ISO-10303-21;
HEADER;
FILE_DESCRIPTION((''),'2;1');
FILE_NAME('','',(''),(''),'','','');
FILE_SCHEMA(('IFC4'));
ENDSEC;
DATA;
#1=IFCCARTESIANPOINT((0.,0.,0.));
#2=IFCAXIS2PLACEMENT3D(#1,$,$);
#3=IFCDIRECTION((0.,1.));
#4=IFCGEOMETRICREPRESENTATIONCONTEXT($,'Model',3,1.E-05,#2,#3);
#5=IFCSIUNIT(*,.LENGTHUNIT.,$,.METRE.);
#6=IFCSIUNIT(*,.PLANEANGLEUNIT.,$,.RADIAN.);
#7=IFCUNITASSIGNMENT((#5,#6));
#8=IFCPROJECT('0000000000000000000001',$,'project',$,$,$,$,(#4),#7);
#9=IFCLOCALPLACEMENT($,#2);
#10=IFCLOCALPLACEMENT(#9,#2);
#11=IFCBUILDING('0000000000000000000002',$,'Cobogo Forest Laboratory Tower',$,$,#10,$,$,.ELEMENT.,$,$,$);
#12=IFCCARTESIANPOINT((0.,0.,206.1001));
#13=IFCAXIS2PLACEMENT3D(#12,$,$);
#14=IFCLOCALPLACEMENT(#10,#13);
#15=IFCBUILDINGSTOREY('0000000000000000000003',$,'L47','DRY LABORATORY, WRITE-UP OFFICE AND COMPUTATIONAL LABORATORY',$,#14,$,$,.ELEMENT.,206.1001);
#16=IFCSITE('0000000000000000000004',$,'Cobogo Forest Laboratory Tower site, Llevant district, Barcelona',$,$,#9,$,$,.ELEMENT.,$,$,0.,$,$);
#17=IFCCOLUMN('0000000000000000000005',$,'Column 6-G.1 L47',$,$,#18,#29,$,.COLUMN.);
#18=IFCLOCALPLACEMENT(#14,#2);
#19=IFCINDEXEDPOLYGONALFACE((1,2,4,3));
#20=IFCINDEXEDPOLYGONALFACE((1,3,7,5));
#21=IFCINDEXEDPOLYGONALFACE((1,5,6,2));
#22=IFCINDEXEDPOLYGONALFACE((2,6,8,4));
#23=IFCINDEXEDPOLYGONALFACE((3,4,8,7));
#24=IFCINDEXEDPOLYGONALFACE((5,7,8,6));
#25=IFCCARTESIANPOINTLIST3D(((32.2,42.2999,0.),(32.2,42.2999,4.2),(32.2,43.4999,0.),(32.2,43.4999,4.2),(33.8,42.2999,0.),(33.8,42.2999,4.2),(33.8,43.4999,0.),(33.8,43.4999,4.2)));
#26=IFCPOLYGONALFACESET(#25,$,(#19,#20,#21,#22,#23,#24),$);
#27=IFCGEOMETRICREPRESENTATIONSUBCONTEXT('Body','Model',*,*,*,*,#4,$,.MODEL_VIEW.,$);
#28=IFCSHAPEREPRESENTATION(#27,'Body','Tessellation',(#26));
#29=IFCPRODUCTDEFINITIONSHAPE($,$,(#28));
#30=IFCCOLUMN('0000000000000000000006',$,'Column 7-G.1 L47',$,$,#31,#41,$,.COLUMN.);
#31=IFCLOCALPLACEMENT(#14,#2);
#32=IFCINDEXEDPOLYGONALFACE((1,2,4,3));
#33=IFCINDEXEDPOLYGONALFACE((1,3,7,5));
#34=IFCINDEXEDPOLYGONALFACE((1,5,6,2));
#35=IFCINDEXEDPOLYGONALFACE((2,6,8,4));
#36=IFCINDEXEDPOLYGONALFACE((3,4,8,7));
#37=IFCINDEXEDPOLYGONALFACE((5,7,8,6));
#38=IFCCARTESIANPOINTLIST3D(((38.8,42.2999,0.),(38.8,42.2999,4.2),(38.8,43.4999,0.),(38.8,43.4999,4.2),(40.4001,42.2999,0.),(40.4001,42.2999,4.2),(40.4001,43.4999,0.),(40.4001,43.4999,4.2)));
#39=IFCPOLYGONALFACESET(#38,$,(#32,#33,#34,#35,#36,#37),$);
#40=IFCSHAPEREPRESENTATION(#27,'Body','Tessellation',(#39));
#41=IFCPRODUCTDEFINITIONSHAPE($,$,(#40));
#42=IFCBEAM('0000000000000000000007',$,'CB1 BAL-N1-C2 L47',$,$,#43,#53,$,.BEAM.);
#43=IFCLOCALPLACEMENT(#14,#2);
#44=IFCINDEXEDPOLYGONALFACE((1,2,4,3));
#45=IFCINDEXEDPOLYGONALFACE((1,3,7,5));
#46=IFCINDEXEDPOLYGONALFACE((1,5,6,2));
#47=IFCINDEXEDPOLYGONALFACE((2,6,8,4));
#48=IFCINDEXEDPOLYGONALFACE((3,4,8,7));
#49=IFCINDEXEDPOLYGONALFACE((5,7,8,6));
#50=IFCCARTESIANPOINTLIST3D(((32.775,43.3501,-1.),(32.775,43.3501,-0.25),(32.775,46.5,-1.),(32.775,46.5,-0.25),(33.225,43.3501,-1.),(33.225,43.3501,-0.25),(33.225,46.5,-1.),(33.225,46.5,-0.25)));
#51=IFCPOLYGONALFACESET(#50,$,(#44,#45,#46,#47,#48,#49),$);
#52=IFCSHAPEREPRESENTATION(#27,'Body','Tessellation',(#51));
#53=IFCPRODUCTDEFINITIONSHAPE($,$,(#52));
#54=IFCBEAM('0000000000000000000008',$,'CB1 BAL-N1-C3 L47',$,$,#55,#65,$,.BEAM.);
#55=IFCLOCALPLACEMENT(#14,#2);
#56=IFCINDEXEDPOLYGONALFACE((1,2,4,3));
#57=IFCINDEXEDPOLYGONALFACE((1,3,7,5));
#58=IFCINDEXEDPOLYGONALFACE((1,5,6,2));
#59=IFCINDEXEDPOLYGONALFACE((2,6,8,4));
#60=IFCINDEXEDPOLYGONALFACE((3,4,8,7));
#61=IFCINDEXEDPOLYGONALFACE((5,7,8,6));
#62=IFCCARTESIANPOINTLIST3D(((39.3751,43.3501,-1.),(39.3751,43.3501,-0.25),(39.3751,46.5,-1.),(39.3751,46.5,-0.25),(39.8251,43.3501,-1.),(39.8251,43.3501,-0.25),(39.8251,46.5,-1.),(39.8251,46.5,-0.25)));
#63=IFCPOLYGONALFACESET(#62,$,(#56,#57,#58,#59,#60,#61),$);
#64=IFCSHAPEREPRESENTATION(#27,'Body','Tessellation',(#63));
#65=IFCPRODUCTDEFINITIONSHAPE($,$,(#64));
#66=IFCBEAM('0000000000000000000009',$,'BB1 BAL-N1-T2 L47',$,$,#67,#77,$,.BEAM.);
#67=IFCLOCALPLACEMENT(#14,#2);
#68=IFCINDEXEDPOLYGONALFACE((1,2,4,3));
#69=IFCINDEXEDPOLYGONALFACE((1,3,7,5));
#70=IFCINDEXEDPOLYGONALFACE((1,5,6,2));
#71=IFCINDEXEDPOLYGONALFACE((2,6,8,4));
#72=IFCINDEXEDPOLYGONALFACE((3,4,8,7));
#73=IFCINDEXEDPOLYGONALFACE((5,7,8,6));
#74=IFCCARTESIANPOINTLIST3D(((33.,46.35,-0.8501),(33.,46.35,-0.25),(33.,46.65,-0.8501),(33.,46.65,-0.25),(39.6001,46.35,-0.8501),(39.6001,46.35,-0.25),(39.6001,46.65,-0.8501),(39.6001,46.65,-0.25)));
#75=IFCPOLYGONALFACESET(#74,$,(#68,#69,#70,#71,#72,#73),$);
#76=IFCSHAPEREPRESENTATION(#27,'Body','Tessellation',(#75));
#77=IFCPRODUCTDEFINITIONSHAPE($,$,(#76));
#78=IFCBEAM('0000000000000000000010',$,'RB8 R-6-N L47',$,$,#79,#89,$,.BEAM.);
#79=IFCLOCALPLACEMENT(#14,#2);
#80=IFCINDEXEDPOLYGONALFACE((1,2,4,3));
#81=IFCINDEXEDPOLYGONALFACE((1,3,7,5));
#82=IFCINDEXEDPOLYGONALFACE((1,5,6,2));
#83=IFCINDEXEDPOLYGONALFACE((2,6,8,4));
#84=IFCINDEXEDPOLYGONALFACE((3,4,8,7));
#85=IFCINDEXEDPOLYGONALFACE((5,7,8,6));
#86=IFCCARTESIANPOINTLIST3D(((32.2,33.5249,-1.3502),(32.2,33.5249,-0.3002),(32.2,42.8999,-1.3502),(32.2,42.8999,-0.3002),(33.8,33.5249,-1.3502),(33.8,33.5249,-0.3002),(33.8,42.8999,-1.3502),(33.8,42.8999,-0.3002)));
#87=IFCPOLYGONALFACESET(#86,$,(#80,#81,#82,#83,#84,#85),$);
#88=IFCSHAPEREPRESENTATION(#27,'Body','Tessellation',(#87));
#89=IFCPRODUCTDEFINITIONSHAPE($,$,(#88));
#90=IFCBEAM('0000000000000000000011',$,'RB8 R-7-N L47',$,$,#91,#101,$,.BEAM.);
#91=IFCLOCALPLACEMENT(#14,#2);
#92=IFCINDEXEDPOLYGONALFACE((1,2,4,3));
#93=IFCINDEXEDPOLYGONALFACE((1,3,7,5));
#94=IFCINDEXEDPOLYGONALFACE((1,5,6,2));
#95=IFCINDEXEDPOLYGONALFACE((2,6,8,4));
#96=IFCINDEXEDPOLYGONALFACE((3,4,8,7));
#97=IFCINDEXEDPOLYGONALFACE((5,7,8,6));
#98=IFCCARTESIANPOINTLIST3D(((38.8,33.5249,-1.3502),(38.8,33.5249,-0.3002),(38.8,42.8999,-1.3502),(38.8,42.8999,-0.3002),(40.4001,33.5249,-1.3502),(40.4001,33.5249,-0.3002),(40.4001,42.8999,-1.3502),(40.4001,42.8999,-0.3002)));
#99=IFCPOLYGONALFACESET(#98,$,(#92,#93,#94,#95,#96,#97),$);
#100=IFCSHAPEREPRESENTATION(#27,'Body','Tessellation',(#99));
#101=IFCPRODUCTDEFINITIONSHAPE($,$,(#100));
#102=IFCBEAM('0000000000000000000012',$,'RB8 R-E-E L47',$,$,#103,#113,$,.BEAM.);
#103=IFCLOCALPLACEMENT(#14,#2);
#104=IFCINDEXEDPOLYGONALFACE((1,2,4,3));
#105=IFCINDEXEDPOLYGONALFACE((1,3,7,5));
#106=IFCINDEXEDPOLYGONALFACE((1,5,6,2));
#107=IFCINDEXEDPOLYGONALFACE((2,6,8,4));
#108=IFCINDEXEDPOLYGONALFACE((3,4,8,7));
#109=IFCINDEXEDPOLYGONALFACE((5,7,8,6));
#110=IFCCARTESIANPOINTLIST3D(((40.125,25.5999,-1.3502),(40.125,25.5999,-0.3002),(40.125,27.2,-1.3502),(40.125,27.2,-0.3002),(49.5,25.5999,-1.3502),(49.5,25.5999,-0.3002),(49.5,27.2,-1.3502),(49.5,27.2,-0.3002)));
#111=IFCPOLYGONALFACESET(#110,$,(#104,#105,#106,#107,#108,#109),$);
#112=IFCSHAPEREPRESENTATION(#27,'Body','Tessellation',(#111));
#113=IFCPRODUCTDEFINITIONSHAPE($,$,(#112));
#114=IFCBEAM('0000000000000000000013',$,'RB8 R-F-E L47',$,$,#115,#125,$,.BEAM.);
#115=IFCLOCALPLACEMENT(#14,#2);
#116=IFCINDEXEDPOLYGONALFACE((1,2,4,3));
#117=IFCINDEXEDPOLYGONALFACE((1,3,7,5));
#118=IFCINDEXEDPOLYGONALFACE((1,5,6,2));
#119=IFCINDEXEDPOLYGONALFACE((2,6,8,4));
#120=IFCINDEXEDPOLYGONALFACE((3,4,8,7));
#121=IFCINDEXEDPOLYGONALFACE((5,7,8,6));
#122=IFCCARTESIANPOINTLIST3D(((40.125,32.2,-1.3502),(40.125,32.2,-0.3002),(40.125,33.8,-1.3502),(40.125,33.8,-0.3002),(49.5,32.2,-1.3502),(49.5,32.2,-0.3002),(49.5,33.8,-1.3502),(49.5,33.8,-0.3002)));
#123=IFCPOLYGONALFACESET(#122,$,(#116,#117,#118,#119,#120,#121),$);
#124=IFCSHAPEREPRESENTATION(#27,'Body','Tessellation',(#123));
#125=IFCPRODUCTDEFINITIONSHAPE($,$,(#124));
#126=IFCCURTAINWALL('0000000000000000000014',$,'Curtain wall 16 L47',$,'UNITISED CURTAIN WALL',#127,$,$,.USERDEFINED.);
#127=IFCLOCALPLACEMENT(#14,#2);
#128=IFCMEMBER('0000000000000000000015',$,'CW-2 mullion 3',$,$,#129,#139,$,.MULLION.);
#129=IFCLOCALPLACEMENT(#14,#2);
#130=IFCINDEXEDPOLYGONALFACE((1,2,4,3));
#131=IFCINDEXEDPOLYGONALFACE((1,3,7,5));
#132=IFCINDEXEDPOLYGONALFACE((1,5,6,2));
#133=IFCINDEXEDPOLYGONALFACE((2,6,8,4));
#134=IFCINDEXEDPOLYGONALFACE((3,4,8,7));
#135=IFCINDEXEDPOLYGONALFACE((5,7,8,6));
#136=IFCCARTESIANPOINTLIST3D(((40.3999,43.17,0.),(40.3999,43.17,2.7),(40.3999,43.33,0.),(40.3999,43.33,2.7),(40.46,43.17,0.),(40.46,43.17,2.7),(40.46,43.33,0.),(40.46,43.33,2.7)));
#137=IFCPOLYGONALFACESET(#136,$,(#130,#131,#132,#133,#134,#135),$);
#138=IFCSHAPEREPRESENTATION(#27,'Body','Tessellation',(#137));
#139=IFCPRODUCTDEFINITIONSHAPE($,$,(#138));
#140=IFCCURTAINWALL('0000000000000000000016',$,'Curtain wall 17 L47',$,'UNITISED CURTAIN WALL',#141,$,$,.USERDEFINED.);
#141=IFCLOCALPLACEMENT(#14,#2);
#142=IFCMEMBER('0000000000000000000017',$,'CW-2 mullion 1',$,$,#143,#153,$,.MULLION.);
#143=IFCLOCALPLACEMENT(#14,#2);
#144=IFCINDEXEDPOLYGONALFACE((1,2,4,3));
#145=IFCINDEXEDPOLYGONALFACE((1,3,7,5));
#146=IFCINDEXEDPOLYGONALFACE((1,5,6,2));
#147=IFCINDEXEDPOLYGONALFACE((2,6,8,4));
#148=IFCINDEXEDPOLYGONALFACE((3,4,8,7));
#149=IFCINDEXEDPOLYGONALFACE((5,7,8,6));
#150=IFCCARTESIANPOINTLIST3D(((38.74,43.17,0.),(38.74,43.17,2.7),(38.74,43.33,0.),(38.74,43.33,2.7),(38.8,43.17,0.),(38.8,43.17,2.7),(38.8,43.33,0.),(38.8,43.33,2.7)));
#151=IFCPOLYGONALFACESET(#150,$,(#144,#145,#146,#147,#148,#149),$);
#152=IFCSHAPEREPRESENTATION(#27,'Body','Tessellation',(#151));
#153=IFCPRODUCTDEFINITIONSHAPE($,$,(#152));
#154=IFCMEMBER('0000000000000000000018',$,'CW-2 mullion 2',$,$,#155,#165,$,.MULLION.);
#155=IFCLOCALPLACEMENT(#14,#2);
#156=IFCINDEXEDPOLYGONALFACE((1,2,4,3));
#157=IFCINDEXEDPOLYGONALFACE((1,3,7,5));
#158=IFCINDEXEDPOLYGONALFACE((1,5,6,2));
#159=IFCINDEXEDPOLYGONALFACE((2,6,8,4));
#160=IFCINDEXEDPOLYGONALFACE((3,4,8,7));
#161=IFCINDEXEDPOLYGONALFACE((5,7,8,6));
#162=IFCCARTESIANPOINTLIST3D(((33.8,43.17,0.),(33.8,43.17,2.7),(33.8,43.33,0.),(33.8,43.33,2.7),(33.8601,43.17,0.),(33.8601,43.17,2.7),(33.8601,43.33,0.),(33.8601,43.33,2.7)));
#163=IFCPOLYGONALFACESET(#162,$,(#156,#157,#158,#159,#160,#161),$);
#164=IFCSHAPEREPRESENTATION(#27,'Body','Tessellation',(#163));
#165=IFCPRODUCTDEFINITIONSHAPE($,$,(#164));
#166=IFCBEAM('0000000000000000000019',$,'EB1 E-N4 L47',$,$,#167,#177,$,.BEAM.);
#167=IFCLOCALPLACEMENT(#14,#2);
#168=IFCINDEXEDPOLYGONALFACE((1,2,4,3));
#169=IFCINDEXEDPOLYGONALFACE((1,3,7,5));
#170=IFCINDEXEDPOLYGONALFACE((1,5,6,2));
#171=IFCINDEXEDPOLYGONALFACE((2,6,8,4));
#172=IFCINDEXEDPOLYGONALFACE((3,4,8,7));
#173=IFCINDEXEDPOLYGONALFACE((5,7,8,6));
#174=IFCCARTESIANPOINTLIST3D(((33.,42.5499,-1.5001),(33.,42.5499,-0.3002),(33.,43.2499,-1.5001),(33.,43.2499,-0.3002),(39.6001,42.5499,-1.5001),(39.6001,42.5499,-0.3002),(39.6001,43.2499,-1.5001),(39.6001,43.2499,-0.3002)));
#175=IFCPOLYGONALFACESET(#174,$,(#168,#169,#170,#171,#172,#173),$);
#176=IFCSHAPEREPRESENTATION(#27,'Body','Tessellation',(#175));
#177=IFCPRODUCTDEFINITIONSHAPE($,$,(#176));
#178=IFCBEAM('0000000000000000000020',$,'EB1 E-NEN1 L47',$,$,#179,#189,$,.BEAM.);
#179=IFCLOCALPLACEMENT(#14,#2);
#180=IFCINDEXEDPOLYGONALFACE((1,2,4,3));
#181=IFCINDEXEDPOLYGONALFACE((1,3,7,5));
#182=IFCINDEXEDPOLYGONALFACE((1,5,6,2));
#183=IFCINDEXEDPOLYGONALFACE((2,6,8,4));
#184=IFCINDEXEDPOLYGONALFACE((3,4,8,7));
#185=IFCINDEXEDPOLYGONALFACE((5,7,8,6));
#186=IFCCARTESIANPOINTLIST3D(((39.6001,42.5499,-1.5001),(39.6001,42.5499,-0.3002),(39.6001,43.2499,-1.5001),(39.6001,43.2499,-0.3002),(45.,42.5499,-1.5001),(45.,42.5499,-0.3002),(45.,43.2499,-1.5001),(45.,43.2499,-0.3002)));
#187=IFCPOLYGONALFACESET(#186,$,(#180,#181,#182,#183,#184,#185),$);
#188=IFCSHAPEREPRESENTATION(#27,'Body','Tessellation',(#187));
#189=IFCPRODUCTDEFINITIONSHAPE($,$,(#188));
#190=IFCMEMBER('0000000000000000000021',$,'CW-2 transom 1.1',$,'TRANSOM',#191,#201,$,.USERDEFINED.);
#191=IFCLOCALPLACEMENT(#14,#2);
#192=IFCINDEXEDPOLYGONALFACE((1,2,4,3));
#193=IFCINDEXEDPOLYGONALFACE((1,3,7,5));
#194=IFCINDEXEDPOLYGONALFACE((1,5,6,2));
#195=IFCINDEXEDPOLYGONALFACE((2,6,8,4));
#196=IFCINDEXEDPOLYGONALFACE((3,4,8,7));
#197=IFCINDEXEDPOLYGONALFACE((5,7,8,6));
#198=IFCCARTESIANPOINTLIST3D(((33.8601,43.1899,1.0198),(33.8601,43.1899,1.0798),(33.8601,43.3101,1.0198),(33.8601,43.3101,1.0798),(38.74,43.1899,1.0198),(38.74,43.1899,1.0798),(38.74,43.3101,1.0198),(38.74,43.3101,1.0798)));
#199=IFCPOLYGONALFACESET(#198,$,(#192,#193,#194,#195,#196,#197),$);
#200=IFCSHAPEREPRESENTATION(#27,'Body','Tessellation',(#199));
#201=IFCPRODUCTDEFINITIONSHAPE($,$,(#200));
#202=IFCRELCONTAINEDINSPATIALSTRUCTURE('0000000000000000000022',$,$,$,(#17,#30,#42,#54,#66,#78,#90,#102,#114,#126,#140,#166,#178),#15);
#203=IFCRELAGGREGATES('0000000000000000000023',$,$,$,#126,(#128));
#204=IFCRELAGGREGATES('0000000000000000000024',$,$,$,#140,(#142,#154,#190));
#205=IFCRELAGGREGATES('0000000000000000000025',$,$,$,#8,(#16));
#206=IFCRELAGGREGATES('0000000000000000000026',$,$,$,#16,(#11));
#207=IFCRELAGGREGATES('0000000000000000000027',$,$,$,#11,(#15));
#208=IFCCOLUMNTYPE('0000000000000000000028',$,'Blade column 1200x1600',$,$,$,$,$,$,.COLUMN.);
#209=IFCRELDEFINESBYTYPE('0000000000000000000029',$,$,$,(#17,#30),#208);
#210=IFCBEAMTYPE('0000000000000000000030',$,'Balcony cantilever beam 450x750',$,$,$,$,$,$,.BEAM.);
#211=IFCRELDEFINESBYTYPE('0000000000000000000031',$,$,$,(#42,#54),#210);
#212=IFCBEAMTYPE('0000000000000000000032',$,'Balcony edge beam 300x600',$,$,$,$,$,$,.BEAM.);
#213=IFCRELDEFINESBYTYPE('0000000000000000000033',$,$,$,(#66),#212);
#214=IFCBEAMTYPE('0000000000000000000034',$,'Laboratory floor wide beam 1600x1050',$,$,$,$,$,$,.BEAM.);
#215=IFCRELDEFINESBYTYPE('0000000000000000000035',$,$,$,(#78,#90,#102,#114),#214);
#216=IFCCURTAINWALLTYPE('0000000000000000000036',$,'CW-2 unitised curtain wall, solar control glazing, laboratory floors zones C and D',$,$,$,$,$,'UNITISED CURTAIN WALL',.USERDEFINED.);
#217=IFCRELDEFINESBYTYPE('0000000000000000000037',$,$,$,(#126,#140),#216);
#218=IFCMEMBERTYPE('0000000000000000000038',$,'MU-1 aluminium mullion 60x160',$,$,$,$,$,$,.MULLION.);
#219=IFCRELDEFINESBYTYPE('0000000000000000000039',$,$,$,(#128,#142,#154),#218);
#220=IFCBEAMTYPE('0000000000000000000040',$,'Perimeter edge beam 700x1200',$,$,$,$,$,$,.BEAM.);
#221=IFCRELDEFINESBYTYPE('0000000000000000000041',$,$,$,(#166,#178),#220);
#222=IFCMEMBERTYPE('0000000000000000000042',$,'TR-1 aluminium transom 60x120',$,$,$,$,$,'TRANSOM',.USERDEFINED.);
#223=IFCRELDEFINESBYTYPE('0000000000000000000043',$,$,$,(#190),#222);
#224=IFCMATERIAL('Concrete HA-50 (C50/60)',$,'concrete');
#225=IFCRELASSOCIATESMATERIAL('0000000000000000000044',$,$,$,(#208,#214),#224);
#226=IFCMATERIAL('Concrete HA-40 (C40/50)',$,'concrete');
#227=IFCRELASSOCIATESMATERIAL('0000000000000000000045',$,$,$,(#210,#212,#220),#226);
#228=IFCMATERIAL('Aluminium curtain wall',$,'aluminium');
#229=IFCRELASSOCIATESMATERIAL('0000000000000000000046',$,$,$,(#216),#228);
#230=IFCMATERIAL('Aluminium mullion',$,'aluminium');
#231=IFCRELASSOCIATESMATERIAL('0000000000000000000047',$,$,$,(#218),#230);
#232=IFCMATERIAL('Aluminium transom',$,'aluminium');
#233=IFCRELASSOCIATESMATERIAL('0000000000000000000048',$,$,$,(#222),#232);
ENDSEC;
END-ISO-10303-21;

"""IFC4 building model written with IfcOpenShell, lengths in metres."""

from ifc_helpers import new_model, si_unit, direction, frame, origin, origin_2d, place, context, subcontext, project, spatial, rectangle, extrude, material, material_profile, profile_set, type_object, element, aggregate, save


model = new_model("IFC4")

# Units and contexts
model_context = context("Model", 3, precision=1e-05, world=origin(), true_north=direction((0.0, 1.0)))
body_context = subcontext(model_context, "Body", "Model", "MODEL_VIEW")
ifc_project = project(units=[si_unit("LENGTHUNIT", "METRE"), si_unit("PLANEANGLEUNIT", "RADIAN")], contexts=[model_context])

# Site, building, storey
site_placement = place(None, origin())
site = spatial("IfcSite", under=ifc_project, at=site_placement, Name="Cobogo Forest Laboratory Tower site, Llevant district, Barcelona", CompositionType="ELEMENT", RefElevation=0.0)
building_placement = place(site_placement, origin())
building = spatial("IfcBuilding", under=site, at=building_placement, Name="Cobogo Forest Laboratory Tower", CompositionType="ELEMENT")
storey_placement = place(building_placement, frame((0.0, 0.0, 206.1001)))
storey = spatial("IfcBuildingStorey", under=building, at=storey_placement, Name="L47", Description="DRY LABORATORY, WRITE-UP OFFICE AND COMPUTATIONAL LABORATORY", CompositionType="ELEMENT", Elevation=206.1001)

# Columns
ifc_material_1 = material(Name="Concrete HA-50 (C50/60)", Category="concrete")
ifc_material_profile_1 = material_profile(ifc_material_1, rectangle(XDim=1.6001, YDim=1.2, at=origin_2d()), Name="RC 1200x1600")
ifc_profile_set_1 = profile_set([ifc_material_profile_1], Name="Concrete HA-50 (C50/60)")
column_type = type_object("IfcColumnType", Name="Blade column 1200x1600", PredefinedType="COLUMN", material=ifc_profile_set_1)
for number, where, z_axis, x_axis, name in (
    (1, (33.0, 42.8999, 0.0), (0.0, 0.0, 1.0), (1.0, 0.0, 0.0), "Column 6-G.1 L47"),
    (2, (39.6001, 42.8999, 0.0), (0.0, 0.0, 1.0), (1.0, 0.0, 0.0), "Column 7-G.1 L47"),
):
    element("IfcColumn", number, at=place(storey_placement, frame(where, z_axis=z_axis, x_axis=x_axis)), inside=storey, type_object=column_type, Name=name, PredefinedType="COLUMN", context=body_context, shape_type="SweptSolid", body=[
        extrude(rectangle(XDim=1.6001, YDim=1.2, at=origin_2d()), origin(), (0.0, 0.0, 1.0), 4.2),
    ])

# Beams
ifc_material_2 = material(Name="Concrete HA-40 (C40/50)", Category="concrete")
ifc_material_profile_2 = material_profile(ifc_material_2, rectangle(XDim=0.45, YDim=0.75, at=origin_2d()), Name="RC 450x750")
ifc_profile_set_2 = profile_set([ifc_material_profile_2], Name="Concrete HA-40 (C40/50)")
beam_type_1 = type_object("IfcBeamType", Name="Balcony cantilever beam 450x750", PredefinedType="BEAM", material=ifc_profile_set_2)
for number, where, z_axis, x_axis, name in (
    (3, (33.0, 43.3501, -0.625), (0.0, 1.0, 0.0), (-1.0, 0.0, 0.0), "CB1 BAL-N1-C2 L47"),
    (4, (39.6001, 43.3501, -0.625), (0.0, 1.0, 0.0), (-1.0, 0.0, 0.0), "CB1 BAL-N1-C3 L47"),
):
    element("IfcBeam", number, at=place(storey_placement, frame(where, z_axis=z_axis, x_axis=x_axis)), inside=storey, type_object=beam_type_1, Name=name, PredefinedType="BEAM", context=body_context, shape_type="SweptSolid", body=[
        extrude(rectangle(XDim=0.45, YDim=0.75, at=origin_2d()), origin(), (0.0, 0.0, 1.0), 3.1499),
    ])
ifc_material_profile_3 = material_profile(ifc_material_2, rectangle(XDim=0.3, YDim=0.6001, at=origin_2d()), Name="RC 300x600")
ifc_profile_set_3 = profile_set([ifc_material_profile_3], Name="Concrete HA-40 (C40/50)")
beam_type_2 = type_object("IfcBeamType", Name="Balcony edge beam 300x600", PredefinedType="BEAM", material=ifc_profile_set_3)
beam_1_placement = place(storey_placement, frame((33.0, 46.5, -0.55), z_axis=(1.0, 0.0, 0.0), x_axis=(0.0, 1.0, 0.0)))
element("IfcBeam", 5, at=beam_1_placement, inside=storey, type_object=beam_type_2, Name="BB1 BAL-N1-T2 L47", PredefinedType="BEAM", context=body_context, shape_type="SweptSolid", body=[
    extrude(rectangle(XDim=0.3, YDim=0.6001, at=origin_2d()), origin(), (0.0, 0.0, 1.0), 6.6001),
])
ifc_material_profile_4 = material_profile(ifc_material_1, rectangle(XDim=1.6001, YDim=1.05, at=origin_2d()), Name="RC 1600x1050")
ifc_profile_set_4 = profile_set([ifc_material_profile_4], Name="Concrete HA-50 (C50/60)")
beam_type_3 = type_object("IfcBeamType", Name="Laboratory floor wide beam 1600x1050", PredefinedType="BEAM", material=ifc_profile_set_4)
for number, where, z_axis, x_axis, name in (
    (6, (33.0, 33.5249, -0.8252), (0.0, 1.0, 0.0), (-1.0, 0.0, 0.0), "RB8 R-6-N L47"),
    (7, (39.6001, 33.5249, -0.8252), (0.0, 1.0, 0.0), (-1.0, 0.0, 0.0), "RB8 R-7-N L47"),
    (8, (40.125, 26.3999, -0.8252), (1.0, 0.0, 0.0), (0.0, 1.0, 0.0), "RB8 R-E-E L47"),
    (9, (40.125, 33.0, -0.8252), (1.0, 0.0, 0.0), (0.0, 1.0, 0.0), "RB8 R-F-E L47"),
):
    element("IfcBeam", number, at=place(storey_placement, frame(where, z_axis=z_axis, x_axis=x_axis)), inside=storey, type_object=beam_type_3, Name=name, PredefinedType="BEAM", context=body_context, shape_type="SweptSolid", body=[
        extrude(rectangle(XDim=1.6001, YDim=1.05, at=origin_2d()), origin(), (0.0, 0.0, 1.0), 9.375),
    ])

# Curtain wall, member
ifc_material_3 = material(Name="Aluminium curtain wall", Category="aluminium")
curtain_wall_type = type_object("IfcCurtainWallType", Name="CW-2 unitised curtain wall, solar control glazing, laboratory floors zones C and D", ElementType="UNITISED CURTAIN WALL", PredefinedType="USERDEFINED", material=ifc_material_3)
curtain_wall_1_placement = place(storey_placement, origin())
curtain_wall_1 = element("IfcCurtainWall", 10, at=curtain_wall_1_placement, inside=storey, type_object=curtain_wall_type, Name="Curtain wall 16 L47", ObjectType="UNITISED CURTAIN WALL", PredefinedType="USERDEFINED")
ifc_material_4 = material(Name="Aluminium mullion", Category="aluminium")
ifc_material_profile_5 = material_profile(ifc_material_4, rectangle(XDim=0.0601, YDim=0.1599, at=origin_2d()), Name="AL 60x160")
ifc_profile_set_5 = profile_set([ifc_material_profile_5], Name="Aluminium mullion")
member_type_1 = type_object("IfcMemberType", Name="MU-1 aluminium mullion 60x160", PredefinedType="MULLION", material=ifc_profile_set_5)
member_1_placement = place(storey_placement, frame((40.4299, 43.25, 0.0), z_axis=(0.0, 0.0, 1.0), x_axis=(-1.0, 0.0, 0.0)))
member_1 = element("IfcMember", 11, at=member_1_placement, type_object=member_type_1, Name="CW-2 mullion 3", PredefinedType="MULLION", context=body_context, shape_type="SweptSolid", body=[
    extrude(rectangle(XDim=0.0601, YDim=0.1599, at=origin_2d()), origin(), (0.0, 0.0, 1.0), 2.7),
])

# Curtain wall, members
curtain_wall_2_placement = place(storey_placement, origin())
curtain_wall_2 = element("IfcCurtainWall", 12, at=curtain_wall_2_placement, inside=storey, type_object=curtain_wall_type, Name="Curtain wall 17 L47", ObjectType="UNITISED CURTAIN WALL", PredefinedType="USERDEFINED")
member_2_placement = place(storey_placement, frame((38.77, 43.25, 0.0), z_axis=(0.0, 0.0, 1.0), x_axis=(-1.0, 0.0, 0.0)))
member_2 = element("IfcMember", 13, at=member_2_placement, type_object=member_type_1, Name="CW-2 mullion 1", PredefinedType="MULLION", context=body_context, shape_type="SweptSolid", body=[
    extrude(rectangle(XDim=0.0601, YDim=0.1599, at=origin_2d()), origin(), (0.0, 0.0, 1.0), 2.7),
])
member_3_placement = place(storey_placement, frame((33.8301, 43.25, 0.0), z_axis=(0.0, 0.0, 1.0), x_axis=(-1.0, 0.0, 0.0)))
member_3 = element("IfcMember", 14, at=member_3_placement, type_object=member_type_1, Name="CW-2 mullion 2", PredefinedType="MULLION", context=body_context, shape_type="SweptSolid", body=[
    extrude(rectangle(XDim=0.0601, YDim=0.1599, at=origin_2d()), origin(), (0.0, 0.0, 1.0), 2.7),
])

# Beams
ifc_material_profile_6 = material_profile(ifc_material_2, rectangle(XDim=0.7, YDim=1.2, at=origin_2d()), Name="RC 700x1200")
ifc_profile_set_6 = profile_set([ifc_material_profile_6], Name="Concrete HA-40 (C40/50)")
beam_type_4 = type_object("IfcBeamType", Name="Perimeter edge beam 700x1200", PredefinedType="BEAM", material=ifc_profile_set_6)
beam_2_placement = place(storey_placement, frame((33.0, 42.8999, -0.9001), z_axis=(1.0, 0.0, 0.0), x_axis=(0.0, 1.0, 0.0)))
element("IfcBeam", 15, at=beam_2_placement, inside=storey, type_object=beam_type_4, Name="EB1 E-N4 L47", PredefinedType="BEAM", context=body_context, shape_type="SweptSolid", body=[
    extrude(rectangle(XDim=0.7, YDim=1.2, at=origin_2d()), origin(), (0.0, 0.0, 1.0), 6.6001),
])
beam_3_placement = place(storey_placement, frame((39.6001, 42.8999, -0.9001), z_axis=(1.0, 0.0, 0.0), x_axis=(0.0, 1.0, 0.0)))
element("IfcBeam", 16, at=beam_3_placement, inside=storey, type_object=beam_type_4, Name="EB1 E-NEN1 L47", PredefinedType="BEAM", context=body_context, shape_type="SweptSolid", body=[
    extrude(rectangle(XDim=0.7, YDim=1.2, at=origin_2d()), origin(), (0.0, 0.0, 1.0), 5.3999),
])

# Member
ifc_material_5 = material(Name="Aluminium transom", Category="aluminium")
ifc_material_profile_7 = material_profile(ifc_material_5, rectangle(XDim=0.1201, YDim=0.0601, at=origin_2d()), Name="AL 60x120")
ifc_profile_set_7 = profile_set([ifc_material_profile_7], Name="Aluminium transom")
member_type_2 = type_object("IfcMemberType", Name="TR-1 aluminium transom 60x120", ElementType="TRANSOM", PredefinedType="USERDEFINED", material=ifc_profile_set_7)
member_4_placement = place(storey_placement, frame((38.74, 43.25, 1.0498), z_axis=(-1.0, 0.0, 0.0), x_axis=(0.0, -1.0, 0.0)))
member_4 = element("IfcMember", 17, at=member_4_placement, type_object=member_type_2, Name="CW-2 transom 1.1", ObjectType="TRANSOM", PredefinedType="USERDEFINED", context=body_context, shape_type="SweptSolid", body=[
    extrude(rectangle(XDim=0.1201, YDim=0.0601, at=origin_2d()), origin(), (0.0, 0.0, 1.0), 4.8799),
])

aggregate(curtain_wall_1, [member_1])
aggregate(curtain_wall_2, [member_2, member_3, member_4])

save(model, "model.ifc")
